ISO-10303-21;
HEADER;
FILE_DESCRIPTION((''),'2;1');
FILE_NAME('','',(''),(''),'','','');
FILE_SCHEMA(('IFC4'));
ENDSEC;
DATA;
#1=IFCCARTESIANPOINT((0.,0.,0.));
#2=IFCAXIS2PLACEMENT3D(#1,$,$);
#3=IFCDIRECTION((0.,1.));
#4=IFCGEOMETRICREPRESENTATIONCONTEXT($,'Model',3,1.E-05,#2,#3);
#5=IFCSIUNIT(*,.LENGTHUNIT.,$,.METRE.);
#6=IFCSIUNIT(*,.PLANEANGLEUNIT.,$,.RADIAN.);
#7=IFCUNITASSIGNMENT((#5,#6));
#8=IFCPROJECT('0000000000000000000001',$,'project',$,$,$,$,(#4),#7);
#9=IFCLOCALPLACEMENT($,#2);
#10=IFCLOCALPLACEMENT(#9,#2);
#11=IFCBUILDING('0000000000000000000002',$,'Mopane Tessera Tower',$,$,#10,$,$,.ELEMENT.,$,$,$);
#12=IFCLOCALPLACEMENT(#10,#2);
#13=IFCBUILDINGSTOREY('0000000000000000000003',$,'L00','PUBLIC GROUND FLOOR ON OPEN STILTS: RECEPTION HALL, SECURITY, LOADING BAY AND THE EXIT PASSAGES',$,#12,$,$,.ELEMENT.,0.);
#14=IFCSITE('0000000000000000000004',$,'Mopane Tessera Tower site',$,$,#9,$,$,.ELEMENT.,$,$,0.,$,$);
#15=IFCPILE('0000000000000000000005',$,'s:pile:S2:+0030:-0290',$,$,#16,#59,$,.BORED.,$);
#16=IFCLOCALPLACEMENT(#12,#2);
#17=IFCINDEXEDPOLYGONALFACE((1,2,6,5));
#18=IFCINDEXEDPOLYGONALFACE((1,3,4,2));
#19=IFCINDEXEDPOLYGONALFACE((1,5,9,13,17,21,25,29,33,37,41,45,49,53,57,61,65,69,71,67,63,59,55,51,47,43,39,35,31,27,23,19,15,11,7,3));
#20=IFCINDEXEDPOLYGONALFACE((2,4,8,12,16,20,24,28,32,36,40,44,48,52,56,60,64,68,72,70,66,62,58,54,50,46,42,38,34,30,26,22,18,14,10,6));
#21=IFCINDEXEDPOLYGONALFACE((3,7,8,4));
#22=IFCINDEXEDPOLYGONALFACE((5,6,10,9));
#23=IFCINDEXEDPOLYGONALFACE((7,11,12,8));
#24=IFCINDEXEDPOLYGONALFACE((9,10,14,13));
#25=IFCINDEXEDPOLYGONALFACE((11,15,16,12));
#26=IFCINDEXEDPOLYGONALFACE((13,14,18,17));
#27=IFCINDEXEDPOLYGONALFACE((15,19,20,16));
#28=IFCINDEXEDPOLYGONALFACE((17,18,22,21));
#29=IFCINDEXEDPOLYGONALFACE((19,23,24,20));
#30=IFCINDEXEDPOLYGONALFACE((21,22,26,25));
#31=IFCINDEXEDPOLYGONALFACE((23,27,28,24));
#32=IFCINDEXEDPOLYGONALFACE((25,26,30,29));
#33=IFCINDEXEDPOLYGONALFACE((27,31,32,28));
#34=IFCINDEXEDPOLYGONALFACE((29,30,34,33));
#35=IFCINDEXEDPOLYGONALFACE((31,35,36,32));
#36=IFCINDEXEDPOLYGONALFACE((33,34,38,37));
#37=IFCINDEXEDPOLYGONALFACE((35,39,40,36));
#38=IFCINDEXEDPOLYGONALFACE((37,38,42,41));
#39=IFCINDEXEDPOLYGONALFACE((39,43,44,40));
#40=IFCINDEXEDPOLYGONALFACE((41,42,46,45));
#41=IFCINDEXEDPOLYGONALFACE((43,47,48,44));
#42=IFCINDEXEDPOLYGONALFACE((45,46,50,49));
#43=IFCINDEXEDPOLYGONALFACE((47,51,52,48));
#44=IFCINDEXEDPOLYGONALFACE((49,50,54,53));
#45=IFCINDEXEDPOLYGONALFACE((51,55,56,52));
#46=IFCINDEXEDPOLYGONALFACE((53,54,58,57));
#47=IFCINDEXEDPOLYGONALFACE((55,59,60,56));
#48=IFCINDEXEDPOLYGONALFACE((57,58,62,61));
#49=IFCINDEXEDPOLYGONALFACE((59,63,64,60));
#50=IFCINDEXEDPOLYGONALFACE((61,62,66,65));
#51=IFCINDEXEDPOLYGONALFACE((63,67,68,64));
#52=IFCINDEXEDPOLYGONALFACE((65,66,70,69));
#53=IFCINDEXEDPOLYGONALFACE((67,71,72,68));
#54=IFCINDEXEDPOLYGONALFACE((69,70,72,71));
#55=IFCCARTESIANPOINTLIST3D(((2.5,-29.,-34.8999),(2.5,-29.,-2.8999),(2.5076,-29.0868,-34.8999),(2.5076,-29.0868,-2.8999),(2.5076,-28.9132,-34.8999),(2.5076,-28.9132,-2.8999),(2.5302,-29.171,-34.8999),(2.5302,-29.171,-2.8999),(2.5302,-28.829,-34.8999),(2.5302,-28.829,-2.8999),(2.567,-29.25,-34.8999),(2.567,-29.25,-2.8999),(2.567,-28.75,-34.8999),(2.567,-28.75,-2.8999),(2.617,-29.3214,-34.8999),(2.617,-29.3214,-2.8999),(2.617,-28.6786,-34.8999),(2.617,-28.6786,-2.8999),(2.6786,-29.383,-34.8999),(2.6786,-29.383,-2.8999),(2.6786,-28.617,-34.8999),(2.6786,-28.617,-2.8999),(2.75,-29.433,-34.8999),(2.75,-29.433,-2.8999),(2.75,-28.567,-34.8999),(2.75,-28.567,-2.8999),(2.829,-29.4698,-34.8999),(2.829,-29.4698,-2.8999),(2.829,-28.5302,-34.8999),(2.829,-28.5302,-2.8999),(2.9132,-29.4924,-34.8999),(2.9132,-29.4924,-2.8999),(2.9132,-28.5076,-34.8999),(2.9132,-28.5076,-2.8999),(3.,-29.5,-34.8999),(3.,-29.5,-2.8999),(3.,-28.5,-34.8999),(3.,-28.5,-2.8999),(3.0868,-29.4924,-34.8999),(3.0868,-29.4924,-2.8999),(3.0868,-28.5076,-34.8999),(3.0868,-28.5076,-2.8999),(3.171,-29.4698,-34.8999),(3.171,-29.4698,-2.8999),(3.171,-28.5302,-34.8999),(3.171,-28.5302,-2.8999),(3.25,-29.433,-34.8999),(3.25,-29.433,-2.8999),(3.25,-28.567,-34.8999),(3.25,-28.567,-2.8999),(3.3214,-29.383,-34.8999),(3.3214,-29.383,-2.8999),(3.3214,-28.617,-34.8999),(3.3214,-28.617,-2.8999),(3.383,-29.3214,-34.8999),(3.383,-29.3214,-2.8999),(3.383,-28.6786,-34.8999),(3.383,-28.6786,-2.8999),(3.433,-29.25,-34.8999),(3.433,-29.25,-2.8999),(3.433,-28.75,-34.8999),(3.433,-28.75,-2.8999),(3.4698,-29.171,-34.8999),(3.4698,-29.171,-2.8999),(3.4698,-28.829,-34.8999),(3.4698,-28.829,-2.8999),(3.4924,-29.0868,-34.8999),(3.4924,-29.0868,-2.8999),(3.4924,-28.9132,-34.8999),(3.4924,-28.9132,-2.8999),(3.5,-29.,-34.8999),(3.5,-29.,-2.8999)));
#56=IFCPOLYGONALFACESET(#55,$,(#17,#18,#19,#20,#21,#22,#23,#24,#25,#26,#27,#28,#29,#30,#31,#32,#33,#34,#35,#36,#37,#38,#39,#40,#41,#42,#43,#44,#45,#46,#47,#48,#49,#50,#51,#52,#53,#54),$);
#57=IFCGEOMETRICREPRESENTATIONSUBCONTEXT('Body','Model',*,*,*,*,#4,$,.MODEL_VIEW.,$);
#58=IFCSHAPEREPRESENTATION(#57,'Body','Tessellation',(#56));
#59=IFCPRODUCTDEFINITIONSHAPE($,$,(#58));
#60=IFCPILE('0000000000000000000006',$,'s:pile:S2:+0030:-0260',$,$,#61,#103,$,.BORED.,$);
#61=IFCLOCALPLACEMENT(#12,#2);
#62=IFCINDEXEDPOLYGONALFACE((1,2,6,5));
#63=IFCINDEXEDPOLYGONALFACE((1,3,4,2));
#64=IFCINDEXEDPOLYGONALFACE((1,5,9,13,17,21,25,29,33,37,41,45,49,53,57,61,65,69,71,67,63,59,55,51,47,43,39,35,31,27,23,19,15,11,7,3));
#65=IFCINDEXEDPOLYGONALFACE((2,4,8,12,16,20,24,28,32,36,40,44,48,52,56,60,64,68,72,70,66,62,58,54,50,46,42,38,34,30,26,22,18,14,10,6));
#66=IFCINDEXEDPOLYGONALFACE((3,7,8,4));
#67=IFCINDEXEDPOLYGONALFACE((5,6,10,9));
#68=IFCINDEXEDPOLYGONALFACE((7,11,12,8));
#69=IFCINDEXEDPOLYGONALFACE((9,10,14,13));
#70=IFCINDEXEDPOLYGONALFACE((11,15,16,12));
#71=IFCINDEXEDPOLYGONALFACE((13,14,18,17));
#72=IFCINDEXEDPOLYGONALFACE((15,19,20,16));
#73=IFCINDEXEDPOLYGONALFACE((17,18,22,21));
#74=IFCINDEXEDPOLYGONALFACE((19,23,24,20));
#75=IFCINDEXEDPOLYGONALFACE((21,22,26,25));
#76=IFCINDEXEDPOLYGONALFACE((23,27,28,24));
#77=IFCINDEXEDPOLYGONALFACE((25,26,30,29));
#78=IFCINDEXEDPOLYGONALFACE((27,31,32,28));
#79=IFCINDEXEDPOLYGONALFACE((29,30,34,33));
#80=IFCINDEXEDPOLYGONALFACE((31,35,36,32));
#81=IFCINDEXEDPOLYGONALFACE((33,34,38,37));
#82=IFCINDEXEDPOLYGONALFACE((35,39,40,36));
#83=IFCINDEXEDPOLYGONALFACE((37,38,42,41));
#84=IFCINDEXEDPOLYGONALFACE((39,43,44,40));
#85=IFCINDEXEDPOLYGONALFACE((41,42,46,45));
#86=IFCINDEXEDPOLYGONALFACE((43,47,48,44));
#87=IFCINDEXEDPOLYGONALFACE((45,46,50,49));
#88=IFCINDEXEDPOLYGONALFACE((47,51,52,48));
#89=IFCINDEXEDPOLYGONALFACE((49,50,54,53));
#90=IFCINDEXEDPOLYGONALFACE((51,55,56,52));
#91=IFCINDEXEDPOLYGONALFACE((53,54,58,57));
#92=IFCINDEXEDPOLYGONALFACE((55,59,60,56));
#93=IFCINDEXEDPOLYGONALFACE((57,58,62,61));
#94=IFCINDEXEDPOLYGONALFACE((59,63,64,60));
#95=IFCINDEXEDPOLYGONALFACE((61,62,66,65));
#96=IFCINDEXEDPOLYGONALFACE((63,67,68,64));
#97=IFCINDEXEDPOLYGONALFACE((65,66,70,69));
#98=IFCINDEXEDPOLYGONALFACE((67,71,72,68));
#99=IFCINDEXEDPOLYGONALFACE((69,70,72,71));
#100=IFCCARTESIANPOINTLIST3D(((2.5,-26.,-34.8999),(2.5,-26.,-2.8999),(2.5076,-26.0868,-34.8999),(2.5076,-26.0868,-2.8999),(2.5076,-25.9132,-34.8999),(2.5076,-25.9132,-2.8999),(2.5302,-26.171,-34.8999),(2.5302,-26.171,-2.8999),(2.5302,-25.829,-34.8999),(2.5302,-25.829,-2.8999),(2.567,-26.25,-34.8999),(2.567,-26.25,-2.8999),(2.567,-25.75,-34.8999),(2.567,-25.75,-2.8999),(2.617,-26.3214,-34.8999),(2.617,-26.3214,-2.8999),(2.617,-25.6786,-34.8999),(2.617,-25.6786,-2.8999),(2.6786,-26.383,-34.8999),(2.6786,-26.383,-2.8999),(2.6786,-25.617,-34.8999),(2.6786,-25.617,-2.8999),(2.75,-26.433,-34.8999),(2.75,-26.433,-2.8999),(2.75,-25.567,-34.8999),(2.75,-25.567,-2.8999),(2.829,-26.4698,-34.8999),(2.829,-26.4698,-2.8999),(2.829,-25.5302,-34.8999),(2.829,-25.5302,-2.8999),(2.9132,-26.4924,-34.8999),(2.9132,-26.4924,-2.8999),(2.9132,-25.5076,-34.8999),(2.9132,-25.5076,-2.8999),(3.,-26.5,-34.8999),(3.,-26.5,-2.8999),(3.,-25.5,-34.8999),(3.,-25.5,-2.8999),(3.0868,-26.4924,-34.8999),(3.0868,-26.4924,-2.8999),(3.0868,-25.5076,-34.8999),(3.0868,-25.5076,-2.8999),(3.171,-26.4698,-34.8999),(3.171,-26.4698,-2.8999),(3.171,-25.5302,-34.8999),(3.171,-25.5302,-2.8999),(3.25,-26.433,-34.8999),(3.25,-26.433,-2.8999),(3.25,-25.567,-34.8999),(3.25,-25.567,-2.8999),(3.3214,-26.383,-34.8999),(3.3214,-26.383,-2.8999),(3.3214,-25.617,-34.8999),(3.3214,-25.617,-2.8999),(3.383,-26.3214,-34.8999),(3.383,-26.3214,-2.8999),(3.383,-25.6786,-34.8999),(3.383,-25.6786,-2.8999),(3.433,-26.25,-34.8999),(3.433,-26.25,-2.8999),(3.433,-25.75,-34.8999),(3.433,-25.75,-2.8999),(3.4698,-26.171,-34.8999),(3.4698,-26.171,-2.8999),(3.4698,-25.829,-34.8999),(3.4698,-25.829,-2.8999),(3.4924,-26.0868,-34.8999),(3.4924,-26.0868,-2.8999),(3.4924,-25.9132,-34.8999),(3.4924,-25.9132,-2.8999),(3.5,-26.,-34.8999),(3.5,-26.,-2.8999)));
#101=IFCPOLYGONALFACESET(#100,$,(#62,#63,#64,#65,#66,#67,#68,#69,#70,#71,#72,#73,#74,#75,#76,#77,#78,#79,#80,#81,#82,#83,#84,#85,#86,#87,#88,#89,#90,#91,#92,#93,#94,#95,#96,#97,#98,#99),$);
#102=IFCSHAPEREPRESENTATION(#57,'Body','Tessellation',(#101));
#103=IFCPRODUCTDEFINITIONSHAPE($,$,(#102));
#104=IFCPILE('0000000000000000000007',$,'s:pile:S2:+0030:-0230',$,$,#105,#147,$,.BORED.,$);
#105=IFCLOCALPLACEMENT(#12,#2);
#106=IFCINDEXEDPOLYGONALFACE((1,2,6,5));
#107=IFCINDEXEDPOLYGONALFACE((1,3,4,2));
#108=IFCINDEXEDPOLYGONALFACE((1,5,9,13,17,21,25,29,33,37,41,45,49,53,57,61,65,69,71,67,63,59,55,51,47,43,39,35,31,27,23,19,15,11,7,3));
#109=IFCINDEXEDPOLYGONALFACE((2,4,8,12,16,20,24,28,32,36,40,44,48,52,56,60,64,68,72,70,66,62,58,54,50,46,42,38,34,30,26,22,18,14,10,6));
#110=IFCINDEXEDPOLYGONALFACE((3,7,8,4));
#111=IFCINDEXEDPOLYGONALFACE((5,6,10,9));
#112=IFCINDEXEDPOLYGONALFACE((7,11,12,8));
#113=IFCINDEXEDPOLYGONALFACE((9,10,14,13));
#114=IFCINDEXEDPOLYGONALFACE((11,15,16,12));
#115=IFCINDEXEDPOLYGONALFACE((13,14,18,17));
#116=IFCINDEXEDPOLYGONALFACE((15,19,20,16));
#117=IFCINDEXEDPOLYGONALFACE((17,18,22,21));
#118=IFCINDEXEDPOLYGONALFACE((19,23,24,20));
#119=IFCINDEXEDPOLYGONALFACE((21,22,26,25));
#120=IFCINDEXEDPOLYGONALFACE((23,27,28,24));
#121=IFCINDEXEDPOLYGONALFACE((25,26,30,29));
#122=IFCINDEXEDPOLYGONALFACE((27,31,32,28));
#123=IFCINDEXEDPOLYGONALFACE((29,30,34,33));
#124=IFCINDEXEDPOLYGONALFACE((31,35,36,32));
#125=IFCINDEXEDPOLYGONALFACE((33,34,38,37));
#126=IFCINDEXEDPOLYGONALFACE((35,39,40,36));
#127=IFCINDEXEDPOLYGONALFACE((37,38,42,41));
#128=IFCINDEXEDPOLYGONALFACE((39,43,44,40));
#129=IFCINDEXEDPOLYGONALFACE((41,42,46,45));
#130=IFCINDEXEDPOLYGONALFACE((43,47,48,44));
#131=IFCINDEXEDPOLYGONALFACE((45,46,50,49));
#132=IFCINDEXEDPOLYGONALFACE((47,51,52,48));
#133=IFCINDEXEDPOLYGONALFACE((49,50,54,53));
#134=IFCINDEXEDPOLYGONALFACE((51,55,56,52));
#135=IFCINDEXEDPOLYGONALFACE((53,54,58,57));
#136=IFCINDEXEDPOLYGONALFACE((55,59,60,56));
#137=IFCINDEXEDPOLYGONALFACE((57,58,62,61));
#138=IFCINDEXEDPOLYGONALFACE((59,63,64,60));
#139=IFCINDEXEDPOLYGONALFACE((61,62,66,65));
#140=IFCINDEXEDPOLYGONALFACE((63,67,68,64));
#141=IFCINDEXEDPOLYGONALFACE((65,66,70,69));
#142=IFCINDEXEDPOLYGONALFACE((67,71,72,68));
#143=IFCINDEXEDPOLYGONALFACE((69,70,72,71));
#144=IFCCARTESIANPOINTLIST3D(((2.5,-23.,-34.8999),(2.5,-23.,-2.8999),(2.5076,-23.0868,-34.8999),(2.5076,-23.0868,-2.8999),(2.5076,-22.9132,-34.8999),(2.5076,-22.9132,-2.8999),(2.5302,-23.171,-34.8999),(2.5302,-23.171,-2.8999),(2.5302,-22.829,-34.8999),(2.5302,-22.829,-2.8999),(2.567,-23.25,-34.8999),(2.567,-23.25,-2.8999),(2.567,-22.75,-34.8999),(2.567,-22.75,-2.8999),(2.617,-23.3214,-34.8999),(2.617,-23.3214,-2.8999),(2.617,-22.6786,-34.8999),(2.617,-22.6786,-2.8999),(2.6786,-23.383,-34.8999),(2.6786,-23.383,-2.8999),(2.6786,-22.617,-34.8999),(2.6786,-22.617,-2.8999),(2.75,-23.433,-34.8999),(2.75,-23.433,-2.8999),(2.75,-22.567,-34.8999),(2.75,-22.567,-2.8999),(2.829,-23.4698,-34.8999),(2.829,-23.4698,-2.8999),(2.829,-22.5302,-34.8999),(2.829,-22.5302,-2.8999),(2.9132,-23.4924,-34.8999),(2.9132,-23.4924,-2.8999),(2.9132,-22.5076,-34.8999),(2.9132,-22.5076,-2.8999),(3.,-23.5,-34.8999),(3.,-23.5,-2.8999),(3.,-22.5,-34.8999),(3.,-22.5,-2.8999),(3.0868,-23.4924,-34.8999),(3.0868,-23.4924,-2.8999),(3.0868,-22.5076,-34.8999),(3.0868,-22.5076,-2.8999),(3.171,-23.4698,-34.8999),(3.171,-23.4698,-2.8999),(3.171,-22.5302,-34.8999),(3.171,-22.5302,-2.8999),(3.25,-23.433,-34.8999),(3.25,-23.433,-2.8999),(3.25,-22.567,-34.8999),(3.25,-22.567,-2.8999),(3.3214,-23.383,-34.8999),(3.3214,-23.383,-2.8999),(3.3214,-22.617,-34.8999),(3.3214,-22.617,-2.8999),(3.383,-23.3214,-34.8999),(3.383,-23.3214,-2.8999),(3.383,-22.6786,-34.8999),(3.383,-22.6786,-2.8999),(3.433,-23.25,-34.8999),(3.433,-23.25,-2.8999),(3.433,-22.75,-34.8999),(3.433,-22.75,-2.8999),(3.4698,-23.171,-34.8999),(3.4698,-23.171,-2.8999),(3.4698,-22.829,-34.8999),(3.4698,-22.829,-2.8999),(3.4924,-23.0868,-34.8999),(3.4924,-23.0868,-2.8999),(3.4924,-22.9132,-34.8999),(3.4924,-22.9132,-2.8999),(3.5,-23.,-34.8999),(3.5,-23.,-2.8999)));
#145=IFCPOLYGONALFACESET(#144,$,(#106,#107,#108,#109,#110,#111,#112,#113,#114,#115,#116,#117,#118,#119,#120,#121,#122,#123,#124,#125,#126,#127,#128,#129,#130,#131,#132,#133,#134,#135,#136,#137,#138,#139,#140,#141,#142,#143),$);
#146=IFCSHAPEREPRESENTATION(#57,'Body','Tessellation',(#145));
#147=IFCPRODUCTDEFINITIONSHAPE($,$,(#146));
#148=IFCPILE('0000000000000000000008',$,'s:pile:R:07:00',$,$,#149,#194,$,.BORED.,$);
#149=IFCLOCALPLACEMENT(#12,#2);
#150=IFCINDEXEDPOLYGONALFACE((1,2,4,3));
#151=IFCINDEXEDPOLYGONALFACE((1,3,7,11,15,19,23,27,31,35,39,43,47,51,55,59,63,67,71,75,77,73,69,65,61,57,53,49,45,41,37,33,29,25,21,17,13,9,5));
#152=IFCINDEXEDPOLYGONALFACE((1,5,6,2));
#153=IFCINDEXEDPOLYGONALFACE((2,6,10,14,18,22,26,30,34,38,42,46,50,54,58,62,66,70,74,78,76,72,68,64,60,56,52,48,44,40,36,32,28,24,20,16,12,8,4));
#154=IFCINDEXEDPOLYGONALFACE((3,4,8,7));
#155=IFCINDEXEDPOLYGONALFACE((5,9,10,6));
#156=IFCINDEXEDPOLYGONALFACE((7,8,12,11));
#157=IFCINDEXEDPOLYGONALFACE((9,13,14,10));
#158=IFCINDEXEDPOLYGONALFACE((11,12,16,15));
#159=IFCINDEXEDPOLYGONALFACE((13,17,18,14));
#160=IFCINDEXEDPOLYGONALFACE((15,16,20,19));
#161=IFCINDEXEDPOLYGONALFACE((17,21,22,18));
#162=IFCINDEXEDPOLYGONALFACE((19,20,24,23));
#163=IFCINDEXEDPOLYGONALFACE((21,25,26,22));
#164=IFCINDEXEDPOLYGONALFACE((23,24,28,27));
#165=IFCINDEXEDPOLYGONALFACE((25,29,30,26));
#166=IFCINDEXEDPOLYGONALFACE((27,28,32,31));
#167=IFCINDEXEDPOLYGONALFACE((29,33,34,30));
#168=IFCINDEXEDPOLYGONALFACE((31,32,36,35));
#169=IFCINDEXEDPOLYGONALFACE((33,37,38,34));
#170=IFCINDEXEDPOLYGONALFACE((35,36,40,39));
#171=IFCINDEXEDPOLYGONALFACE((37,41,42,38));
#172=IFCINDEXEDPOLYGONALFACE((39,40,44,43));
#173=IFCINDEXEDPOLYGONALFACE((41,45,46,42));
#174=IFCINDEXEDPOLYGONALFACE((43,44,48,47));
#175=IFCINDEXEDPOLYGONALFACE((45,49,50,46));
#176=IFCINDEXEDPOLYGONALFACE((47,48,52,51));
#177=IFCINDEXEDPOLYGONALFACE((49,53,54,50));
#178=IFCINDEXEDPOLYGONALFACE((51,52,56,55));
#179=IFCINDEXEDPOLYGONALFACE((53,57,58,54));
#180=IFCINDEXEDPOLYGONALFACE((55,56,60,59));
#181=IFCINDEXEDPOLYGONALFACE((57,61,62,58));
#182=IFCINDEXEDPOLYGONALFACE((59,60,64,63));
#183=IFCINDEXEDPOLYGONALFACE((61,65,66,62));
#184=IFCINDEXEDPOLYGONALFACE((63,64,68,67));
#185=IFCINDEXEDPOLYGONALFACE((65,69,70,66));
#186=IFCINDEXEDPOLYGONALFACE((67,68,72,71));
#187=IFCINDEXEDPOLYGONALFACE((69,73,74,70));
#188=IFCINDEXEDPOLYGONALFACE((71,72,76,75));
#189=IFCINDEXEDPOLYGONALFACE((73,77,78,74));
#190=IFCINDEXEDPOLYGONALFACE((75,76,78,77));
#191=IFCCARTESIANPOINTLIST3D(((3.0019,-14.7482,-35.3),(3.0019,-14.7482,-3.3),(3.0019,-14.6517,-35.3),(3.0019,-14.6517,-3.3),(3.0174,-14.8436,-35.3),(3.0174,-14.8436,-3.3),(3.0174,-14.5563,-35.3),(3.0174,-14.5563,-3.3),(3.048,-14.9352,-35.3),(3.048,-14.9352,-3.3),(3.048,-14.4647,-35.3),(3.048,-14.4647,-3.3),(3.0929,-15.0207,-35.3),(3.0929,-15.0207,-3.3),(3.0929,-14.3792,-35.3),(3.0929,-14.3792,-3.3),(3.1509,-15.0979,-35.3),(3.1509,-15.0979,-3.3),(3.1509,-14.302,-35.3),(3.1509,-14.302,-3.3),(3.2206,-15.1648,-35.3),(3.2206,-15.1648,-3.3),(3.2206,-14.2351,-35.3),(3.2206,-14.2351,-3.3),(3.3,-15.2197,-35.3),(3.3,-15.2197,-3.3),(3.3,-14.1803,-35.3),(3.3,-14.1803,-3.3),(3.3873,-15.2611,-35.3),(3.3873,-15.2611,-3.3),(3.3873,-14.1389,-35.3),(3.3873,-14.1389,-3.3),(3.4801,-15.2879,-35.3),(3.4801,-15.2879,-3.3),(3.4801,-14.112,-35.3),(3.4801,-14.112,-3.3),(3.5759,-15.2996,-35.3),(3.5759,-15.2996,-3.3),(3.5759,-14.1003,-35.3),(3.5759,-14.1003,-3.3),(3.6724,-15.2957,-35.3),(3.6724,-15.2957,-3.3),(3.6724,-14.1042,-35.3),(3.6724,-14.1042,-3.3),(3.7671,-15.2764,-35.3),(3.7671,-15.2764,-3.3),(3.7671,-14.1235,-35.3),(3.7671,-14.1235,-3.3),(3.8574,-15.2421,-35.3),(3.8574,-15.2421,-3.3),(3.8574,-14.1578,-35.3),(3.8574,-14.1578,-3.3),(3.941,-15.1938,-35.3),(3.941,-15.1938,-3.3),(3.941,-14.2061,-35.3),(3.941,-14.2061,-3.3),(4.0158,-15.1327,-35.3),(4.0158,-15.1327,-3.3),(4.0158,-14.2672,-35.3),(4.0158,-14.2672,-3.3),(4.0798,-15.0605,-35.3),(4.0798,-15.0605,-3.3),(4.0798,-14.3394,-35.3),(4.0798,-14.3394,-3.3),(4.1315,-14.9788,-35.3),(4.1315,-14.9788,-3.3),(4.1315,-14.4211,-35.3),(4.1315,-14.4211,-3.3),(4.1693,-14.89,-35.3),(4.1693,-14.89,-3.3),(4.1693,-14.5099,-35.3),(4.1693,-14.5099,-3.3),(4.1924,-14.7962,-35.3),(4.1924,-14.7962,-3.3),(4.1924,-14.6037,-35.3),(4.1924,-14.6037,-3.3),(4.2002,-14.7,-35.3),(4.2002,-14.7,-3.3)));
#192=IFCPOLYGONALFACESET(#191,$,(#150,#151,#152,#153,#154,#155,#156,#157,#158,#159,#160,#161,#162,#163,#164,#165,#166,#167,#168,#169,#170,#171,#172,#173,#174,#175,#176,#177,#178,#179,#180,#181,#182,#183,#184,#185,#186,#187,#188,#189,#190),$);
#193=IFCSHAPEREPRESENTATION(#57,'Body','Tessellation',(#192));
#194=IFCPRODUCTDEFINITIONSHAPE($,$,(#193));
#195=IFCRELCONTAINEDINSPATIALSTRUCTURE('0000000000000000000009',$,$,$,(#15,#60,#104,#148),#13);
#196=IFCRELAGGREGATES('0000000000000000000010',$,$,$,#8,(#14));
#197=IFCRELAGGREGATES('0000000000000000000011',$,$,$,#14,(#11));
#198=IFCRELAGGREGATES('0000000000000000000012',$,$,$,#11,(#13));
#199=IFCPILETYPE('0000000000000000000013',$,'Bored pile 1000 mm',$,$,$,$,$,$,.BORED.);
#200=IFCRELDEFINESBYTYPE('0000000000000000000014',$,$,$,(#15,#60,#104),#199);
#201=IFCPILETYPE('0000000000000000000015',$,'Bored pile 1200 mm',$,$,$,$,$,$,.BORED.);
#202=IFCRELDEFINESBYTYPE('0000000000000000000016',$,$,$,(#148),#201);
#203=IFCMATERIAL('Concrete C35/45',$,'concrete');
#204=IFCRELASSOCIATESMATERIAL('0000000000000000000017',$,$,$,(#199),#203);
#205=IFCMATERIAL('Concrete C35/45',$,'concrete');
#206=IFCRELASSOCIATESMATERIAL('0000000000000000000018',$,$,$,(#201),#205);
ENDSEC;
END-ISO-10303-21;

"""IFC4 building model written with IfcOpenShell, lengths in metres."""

from ifc_helpers import new_model, si_unit, direction, frame, origin, origin_2d, place, context, subcontext, project, spatial, circle, extrude, material, material_profile, profile_set, type_object, element, save


model = new_model("IFC4")

# Units and contexts
model_context = context("Model", 3, precision=1e-05, world=origin(), true_north=direction((0.0, 1.0)))
body_context = subcontext(model_context, "Body", "Model", "MODEL_VIEW")
ifc_project = project(units=[si_unit("LENGTHUNIT", "METRE"), si_unit("PLANEANGLEUNIT", "RADIAN")], contexts=[model_context])

# Site, building, storey
site_placement = place(None, origin())
site = spatial("IfcSite", under=ifc_project, at=site_placement, Name="Mopane Tessera Tower site", CompositionType="ELEMENT", RefElevation=0.0)
building_placement = place(site_placement, origin())
building = spatial("IfcBuilding", under=site, at=building_placement, Name="Mopane Tessera Tower", CompositionType="ELEMENT")
storey_placement = place(building_placement, origin())
storey = spatial("IfcBuildingStorey", under=building, at=storey_placement, Name="L00", Description="PUBLIC GROUND FLOOR ON OPEN STILTS: RECEPTION HALL, SECURITY, LOADING BAY AND THE EXIT PASSAGES", CompositionType="ELEMENT", Elevation=0.0)

# Piles
ifc_material_1 = material(Name="Concrete C35/45", Category="concrete")
ifc_material_profile_1 = material_profile(ifc_material_1, circle(Radius=0.5, at=origin_2d()))
ifc_profile_set_1 = profile_set([ifc_material_profile_1], Name="Concrete C35/45")
pile_type_1 = type_object("IfcPileType", Name="Bored pile 1000 mm", PredefinedType="BORED", material=ifc_profile_set_1)
for number, where, z_axis, x_axis, name in (
    (1, (3.0, -29.0, -2.8999), (0.0, 0.0, -1.0), (1.0, 0.0, 0.0), "s:pile:S2:+0030:-0290"),
    (2, (3.0, -26.0, -2.8999), (0.0, 0.0, -1.0), (1.0, 0.0, 0.0), "s:pile:S2:+0030:-0260"),
    (3, (3.0, -23.0, -2.8999), (0.0, 0.0, -1.0), (1.0, 0.0, 0.0), "s:pile:S2:+0030:-0230"),
):
    element("IfcPile", number, at=place(storey_placement, frame(where, z_axis=z_axis, x_axis=x_axis)), inside=storey, type_object=pile_type_1, Name=name, PredefinedType="BORED", context=body_context, shape_type="SweptSolid", body=[
        extrude(circle(Radius=0.5, at=origin_2d()), origin(), (0.0, 0.0, 1.0), 32.0),
    ])
ifc_material_2 = material(Name="Concrete C35/45", Category="concrete")
ifc_material_profile_2 = material_profile(ifc_material_2, circle(Radius=0.6001, at=origin_2d()))
ifc_profile_set_2 = profile_set([ifc_material_profile_2], Name="Concrete C35/45")
pile_type_2 = type_object("IfcPileType", Name="Bored pile 1200 mm", PredefinedType="BORED", material=ifc_profile_set_2)
for number, where, z_axis, x_axis, name in (
    (4, (3.6001, -14.7, -3.3), (0.0, 0.0, -1.0), (1.0, 0.0, 0.0), "s:pile:R:07:00"),
):
    element("IfcPile", number, at=place(storey_placement, frame(where, z_axis=z_axis, x_axis=x_axis)), inside=storey, type_object=pile_type_2, Name=name, PredefinedType="BORED", context=body_context, shape_type="SweptSolid", body=[
        extrude(circle(Radius=0.6001, at=origin_2d()), origin(), (0.0, 0.0, 1.0), 32.0),
    ])

save(model, "model.ifc")
